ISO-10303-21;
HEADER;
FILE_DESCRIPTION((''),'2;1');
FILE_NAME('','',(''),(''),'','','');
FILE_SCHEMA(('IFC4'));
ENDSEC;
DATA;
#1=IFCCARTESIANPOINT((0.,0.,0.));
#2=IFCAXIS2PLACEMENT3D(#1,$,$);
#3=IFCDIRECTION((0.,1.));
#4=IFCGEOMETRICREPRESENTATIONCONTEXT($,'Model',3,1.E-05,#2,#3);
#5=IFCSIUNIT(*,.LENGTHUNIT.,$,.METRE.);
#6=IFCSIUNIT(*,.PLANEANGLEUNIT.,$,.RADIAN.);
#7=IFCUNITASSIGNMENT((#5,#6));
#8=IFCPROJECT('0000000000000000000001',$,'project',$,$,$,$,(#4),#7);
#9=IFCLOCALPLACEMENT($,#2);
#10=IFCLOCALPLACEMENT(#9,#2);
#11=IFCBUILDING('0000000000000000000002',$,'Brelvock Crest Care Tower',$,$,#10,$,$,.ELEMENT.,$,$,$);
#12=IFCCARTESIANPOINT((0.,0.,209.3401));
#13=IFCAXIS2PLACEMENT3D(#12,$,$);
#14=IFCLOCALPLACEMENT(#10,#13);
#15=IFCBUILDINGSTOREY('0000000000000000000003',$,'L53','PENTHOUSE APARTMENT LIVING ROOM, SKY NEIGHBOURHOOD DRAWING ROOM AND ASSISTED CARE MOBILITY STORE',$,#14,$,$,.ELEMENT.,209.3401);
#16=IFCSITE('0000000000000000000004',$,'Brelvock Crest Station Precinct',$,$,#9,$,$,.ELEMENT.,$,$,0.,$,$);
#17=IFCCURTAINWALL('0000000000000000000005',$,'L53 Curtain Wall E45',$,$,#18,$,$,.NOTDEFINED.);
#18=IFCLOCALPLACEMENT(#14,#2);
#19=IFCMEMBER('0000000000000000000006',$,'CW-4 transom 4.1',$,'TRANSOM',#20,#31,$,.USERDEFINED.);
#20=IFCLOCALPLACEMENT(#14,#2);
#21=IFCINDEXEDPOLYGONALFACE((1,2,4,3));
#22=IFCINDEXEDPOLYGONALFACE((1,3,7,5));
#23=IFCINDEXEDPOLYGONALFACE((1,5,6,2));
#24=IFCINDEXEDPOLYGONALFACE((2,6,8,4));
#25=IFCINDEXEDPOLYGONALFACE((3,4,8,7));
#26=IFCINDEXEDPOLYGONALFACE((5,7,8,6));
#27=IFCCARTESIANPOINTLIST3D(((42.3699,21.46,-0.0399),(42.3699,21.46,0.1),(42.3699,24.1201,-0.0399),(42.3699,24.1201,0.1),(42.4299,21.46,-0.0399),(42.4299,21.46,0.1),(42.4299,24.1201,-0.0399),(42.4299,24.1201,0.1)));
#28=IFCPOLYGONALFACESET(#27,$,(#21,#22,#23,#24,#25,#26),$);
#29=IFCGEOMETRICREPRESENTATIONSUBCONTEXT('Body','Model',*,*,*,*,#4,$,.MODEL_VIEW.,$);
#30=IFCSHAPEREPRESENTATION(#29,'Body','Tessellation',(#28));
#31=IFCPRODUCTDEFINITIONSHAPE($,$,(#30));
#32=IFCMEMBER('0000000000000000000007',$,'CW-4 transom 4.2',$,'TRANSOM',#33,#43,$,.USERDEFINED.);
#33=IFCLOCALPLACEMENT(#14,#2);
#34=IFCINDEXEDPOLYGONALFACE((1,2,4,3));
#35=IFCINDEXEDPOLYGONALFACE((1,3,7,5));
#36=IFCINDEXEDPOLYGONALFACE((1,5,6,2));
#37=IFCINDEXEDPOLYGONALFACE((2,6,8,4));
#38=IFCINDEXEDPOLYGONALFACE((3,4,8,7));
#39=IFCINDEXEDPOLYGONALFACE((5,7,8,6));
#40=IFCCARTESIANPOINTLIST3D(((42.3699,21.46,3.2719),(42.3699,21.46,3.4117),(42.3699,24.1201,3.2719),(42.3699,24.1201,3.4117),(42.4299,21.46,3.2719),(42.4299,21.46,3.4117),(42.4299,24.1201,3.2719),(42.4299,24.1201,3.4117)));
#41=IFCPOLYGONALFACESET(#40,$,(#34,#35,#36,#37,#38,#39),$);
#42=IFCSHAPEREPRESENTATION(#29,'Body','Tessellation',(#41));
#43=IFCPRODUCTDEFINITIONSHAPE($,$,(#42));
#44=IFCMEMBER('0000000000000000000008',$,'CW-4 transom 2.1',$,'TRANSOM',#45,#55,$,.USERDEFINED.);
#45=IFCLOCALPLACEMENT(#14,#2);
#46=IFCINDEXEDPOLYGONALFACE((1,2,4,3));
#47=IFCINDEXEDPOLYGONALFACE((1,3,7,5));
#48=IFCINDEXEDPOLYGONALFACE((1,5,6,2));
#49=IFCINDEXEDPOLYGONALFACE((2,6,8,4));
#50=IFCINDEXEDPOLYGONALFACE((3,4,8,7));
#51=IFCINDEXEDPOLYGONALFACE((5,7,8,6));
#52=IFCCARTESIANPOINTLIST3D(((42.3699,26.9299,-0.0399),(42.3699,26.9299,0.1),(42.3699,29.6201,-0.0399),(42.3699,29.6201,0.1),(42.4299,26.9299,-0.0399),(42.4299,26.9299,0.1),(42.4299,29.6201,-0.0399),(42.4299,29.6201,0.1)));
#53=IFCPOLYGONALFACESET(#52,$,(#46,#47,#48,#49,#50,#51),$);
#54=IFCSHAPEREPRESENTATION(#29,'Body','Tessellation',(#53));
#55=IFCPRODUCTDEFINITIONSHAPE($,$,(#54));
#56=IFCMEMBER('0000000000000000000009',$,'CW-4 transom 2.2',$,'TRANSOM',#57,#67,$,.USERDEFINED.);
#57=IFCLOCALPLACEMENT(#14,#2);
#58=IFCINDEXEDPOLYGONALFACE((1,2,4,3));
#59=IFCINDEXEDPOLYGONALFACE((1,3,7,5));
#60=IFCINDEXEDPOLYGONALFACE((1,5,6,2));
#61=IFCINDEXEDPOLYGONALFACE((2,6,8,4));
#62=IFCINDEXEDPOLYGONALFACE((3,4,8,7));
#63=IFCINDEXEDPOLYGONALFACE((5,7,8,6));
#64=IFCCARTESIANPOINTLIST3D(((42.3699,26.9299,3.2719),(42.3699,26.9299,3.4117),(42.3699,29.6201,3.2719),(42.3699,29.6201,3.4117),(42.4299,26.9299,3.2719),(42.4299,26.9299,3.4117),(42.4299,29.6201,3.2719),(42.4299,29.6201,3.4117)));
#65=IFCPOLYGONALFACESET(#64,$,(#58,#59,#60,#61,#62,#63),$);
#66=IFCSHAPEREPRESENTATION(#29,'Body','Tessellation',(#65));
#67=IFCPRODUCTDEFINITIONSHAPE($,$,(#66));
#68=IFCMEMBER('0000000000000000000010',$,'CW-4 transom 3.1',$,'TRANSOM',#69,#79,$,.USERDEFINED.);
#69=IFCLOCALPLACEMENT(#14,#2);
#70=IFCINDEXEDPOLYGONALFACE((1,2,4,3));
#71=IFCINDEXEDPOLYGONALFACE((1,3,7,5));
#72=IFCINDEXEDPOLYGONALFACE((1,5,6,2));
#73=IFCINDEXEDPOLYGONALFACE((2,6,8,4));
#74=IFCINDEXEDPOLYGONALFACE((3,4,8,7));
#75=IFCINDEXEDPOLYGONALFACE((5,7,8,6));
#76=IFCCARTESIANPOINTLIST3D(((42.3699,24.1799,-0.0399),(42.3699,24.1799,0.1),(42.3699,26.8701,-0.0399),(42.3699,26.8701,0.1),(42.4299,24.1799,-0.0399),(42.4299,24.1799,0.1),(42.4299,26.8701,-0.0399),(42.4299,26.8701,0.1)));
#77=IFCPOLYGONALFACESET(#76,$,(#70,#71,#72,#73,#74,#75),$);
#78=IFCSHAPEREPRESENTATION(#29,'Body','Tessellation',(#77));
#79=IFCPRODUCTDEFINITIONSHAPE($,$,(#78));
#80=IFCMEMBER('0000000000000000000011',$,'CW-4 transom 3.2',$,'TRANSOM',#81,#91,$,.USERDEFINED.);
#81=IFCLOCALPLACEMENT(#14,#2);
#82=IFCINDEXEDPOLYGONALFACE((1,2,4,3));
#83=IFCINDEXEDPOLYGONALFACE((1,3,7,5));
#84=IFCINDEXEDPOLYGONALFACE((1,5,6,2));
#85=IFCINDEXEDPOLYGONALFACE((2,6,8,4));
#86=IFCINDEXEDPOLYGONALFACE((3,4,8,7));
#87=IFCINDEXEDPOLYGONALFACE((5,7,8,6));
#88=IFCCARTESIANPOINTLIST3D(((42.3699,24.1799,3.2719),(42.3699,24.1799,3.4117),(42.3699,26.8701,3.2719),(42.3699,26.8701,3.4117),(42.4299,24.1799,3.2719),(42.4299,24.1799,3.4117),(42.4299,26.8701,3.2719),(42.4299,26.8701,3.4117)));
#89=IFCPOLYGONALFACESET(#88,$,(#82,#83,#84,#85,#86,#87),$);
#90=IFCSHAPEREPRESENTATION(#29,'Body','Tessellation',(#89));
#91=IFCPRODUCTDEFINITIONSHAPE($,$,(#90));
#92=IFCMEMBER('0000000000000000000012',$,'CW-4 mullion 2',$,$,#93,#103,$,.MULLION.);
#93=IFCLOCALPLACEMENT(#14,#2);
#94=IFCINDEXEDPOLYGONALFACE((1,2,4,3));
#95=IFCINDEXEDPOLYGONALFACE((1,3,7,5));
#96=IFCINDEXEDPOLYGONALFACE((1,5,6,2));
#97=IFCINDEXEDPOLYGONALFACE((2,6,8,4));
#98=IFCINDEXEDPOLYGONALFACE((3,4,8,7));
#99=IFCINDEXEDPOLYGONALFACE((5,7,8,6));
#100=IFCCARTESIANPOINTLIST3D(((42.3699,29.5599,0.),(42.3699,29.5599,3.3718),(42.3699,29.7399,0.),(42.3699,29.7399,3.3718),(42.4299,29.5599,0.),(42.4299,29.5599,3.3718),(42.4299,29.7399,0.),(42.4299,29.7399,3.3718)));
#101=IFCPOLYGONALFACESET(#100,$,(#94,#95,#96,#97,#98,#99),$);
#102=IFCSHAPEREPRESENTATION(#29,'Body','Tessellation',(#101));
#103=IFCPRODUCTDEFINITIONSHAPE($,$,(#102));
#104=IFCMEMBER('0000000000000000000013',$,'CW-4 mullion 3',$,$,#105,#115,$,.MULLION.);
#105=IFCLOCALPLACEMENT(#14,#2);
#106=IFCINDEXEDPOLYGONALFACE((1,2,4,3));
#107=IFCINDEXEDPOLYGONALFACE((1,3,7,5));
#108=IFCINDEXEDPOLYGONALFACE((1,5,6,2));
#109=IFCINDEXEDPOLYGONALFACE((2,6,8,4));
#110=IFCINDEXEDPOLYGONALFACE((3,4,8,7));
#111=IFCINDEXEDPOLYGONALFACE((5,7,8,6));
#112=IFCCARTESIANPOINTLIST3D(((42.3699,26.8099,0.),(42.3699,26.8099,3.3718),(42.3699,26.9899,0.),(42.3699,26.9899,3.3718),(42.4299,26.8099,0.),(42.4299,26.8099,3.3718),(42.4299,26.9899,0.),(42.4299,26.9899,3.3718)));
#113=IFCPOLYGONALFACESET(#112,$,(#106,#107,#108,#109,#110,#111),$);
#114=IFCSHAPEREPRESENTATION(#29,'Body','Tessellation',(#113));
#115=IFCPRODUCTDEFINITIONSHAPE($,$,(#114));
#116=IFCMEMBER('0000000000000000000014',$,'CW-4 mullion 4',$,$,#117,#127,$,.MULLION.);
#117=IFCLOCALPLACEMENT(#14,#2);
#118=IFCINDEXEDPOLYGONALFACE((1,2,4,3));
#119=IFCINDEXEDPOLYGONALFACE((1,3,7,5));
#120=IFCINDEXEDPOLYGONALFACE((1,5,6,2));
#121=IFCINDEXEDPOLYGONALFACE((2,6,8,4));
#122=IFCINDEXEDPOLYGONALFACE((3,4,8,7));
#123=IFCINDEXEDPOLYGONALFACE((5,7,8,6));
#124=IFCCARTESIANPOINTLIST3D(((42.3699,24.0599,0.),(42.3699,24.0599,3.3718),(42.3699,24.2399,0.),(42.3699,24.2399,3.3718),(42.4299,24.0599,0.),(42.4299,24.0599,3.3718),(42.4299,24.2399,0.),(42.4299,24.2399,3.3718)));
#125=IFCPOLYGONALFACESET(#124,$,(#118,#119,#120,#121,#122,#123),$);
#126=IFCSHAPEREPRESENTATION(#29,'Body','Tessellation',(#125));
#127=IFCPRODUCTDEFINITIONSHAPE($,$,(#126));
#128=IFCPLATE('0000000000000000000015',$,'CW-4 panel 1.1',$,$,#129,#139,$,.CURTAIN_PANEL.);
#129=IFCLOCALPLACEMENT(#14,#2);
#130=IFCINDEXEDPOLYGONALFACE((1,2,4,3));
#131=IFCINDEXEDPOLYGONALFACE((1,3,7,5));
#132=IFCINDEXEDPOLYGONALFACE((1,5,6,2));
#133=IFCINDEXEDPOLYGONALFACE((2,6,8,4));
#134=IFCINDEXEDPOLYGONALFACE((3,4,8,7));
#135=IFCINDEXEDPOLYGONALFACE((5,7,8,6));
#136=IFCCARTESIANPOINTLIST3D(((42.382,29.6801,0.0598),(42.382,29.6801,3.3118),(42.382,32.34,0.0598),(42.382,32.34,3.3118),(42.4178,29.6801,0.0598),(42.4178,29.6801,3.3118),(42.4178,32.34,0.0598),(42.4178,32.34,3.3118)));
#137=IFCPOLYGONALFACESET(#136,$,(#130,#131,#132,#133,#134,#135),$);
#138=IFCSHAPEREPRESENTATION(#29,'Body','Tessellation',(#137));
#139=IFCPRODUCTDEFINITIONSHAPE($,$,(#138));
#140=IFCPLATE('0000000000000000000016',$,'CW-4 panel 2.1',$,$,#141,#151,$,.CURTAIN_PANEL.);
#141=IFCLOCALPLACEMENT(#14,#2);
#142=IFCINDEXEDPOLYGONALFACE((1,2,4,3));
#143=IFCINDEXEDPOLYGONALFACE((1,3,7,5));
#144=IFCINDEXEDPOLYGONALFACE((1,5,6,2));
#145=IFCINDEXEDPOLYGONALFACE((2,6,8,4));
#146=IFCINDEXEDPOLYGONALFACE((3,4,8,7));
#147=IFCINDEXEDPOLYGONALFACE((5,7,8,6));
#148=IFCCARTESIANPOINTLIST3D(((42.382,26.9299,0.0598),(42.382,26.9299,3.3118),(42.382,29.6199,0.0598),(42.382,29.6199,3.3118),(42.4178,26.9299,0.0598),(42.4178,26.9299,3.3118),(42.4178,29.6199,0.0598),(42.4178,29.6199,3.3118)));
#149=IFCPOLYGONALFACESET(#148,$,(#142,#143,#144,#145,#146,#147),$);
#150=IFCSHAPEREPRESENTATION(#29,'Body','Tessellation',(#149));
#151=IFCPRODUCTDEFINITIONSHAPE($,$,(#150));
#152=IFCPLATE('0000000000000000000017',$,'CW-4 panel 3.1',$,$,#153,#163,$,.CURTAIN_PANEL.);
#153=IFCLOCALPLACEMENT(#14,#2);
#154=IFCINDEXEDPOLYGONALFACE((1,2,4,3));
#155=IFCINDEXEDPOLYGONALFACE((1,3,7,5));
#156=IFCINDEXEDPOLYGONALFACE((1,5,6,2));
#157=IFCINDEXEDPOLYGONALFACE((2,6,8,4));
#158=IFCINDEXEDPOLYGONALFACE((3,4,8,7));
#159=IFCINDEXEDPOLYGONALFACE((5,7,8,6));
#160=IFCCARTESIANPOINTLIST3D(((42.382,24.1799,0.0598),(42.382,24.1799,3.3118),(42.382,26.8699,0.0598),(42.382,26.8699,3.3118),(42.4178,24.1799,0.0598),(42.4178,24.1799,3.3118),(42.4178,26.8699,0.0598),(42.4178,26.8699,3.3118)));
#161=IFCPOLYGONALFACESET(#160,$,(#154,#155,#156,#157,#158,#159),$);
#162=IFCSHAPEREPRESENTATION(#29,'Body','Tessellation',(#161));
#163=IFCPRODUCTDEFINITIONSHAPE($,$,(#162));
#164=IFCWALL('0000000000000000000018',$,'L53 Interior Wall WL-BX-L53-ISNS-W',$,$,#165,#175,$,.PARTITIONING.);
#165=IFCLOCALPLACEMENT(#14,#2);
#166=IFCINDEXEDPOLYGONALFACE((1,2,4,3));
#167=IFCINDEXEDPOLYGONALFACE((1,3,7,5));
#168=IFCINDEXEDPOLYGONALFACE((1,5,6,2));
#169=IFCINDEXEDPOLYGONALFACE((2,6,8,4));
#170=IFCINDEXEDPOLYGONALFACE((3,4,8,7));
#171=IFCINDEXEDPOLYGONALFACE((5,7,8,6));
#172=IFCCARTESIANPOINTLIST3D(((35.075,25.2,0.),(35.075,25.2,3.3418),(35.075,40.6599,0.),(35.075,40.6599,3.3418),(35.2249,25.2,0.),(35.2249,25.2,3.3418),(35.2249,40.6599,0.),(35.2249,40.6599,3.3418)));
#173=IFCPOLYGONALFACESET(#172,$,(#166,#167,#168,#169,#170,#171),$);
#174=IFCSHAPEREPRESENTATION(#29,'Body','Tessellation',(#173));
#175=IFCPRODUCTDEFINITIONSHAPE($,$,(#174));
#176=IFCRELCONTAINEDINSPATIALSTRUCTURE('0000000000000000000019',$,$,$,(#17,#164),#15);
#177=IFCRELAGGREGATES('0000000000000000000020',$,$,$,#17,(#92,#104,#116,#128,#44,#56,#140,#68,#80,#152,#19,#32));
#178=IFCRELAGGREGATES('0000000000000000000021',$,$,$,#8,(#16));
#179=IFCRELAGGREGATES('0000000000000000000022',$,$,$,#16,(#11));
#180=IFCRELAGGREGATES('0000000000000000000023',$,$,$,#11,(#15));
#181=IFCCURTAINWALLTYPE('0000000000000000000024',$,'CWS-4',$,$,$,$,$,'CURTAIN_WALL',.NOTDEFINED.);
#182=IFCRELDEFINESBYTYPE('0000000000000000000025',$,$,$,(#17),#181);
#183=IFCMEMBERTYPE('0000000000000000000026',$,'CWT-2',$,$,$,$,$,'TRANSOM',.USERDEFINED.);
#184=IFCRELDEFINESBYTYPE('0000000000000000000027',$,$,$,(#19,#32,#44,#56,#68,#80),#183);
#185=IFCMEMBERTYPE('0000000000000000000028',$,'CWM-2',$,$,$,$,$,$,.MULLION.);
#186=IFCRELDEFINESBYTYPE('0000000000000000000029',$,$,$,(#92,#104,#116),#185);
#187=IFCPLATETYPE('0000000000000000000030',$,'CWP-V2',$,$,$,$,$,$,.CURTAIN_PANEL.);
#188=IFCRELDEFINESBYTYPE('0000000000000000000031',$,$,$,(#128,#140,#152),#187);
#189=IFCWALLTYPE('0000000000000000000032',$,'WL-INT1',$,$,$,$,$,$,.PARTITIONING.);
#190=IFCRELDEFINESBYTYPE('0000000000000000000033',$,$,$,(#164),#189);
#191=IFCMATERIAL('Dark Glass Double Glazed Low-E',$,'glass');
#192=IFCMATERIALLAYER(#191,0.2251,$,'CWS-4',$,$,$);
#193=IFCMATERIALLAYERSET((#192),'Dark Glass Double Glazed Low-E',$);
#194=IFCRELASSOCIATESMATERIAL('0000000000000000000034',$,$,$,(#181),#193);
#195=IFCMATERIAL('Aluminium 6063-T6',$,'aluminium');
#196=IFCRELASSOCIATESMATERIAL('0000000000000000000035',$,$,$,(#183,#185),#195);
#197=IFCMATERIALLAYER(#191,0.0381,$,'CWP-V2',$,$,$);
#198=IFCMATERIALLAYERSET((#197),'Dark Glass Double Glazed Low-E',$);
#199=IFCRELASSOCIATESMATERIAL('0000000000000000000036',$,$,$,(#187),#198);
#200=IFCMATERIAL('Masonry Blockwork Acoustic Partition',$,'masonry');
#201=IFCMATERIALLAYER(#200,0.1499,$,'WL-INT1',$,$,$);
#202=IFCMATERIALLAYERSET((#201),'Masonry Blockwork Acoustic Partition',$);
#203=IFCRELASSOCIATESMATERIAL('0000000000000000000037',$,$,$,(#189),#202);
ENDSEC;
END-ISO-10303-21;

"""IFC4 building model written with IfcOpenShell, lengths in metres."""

from ifc_helpers import new_model, si_unit, direction, frame, frame_2d, origin, origin_2d, place, context, subcontext, project, spatial, rectangle, extrude, source, transform, mapped, material, layer, layer_set, material_profile, profile_set, type_object, element, aggregate, save


model = new_model("IFC4")

# Units and contexts
model_context = context("Model", 3, precision=1e-05, world=origin(), true_north=direction((0.0, 1.0)))
body_context = subcontext(model_context, "Body", "Model", "MODEL_VIEW")
ifc_project = project(units=[si_unit("LENGTHUNIT", "METRE"), si_unit("PLANEANGLEUNIT", "RADIAN")], contexts=[model_context])

# Site, building, storey
site_placement = place(None, origin())
site = spatial("IfcSite", under=ifc_project, at=site_placement, Name="Brelvock Crest Station Precinct", CompositionType="ELEMENT", RefElevation=0.0)
building_placement = place(site_placement, origin())
building = spatial("IfcBuilding", under=site, at=building_placement, Name="Brelvock Crest Care Tower", CompositionType="ELEMENT")
storey_placement = place(building_placement, frame((0.0, 0.0, 209.3401)))
storey = spatial("IfcBuildingStorey", under=building, at=storey_placement, Name="L53", Description="PENTHOUSE APARTMENT LIVING ROOM, SKY NEIGHBOURHOOD DRAWING ROOM AND ASSISTED CARE MOBILITY STORE", CompositionType="ELEMENT", Elevation=209.3401)

# Curtain wall, members, plates
ifc_material_1 = material(Name="Dark Glass Double Glazed Low-E", Category="glass")
ifc_layer_1 = layer(ifc_material_1, 0.2251, Name="CWS-4")
ifc_layer_set_1 = layer_set([ifc_layer_1], Name="Dark Glass Double Glazed Low-E")
curtain_wall_type = type_object("IfcCurtainWallType", Name="CWS-4", ElementType="CURTAIN_WALL", PredefinedType="NOTDEFINED", material=ifc_layer_set_1)
curtain_wall_placement = place(storey_placement, origin())
curtain_wall = element("IfcCurtainWall", 1, at=curtain_wall_placement, inside=storey, type_object=curtain_wall_type, Name="L53 Curtain Wall E45", PredefinedType="NOTDEFINED")
ifc_material_2 = material(Name="Aluminium 6063-T6", Category="aluminium")
ifc_material_profile_1 = material_profile(ifc_material_2, rectangle(XDim=0.0601, YDim=0.1399, at=origin_2d()), Name="ALU60x140")
ifc_profile_set_1 = profile_set([ifc_material_profile_1], Name="Aluminium 6063-T6")
member_type_1 = type_object("IfcMemberType", Name="CWT-2", ElementType="TRANSOM", PredefinedType="USERDEFINED", material=ifc_profile_set_1)
shared_shape_1 = source(origin(), body_context, "Body", "SweptSolid", [
    extrude(rectangle(XDim=0.0601, YDim=0.1399, at=origin_2d()), origin(), (0.0, 0.0, 1.0), 2.6602),
])
member_1_placement = place(storey_placement, frame((42.3999, 24.1201, 0.03), z_axis=(0.0, -1.0, 0.0), x_axis=(1.0, 0.0, 0.0)))
member_1 = element("IfcMember", 2, at=member_1_placement, type_object=member_type_1, Name="CW-4 transom 4.1", ObjectType="TRANSOM", PredefinedType="USERDEFINED", context=body_context, shape_type="MappedRepresentation", body=[
    mapped(shared_shape_1, transform((0.0, 0.0, 0.0), x_axis=(1.0, 0.0, 0.0), y_axis=(0.0, 1.0, 0.0), z_axis=(0.0, 0.0, 1.0), scale=1.0)),
])
member_2_placement = place(storey_placement, frame((42.3999, 24.1201, 3.3418), z_axis=(0.0, -1.0, 0.0), x_axis=(1.0, 0.0, 0.0)))
member_2 = element("IfcMember", 3, at=member_2_placement, type_object=member_type_1, Name="CW-4 transom 4.2", ObjectType="TRANSOM", PredefinedType="USERDEFINED", context=body_context, shape_type="MappedRepresentation", body=[
    mapped(shared_shape_1, transform((0.0, 0.0, 0.0), x_axis=(1.0, 0.0, 0.0), y_axis=(0.0, 1.0, 0.0), z_axis=(0.0, 0.0, 1.0), scale=1.0)),
])
shared_shape_2 = source(origin(), body_context, "Body", "SweptSolid", [
    extrude(rectangle(XDim=0.0601, YDim=0.1399, at=origin_2d()), origin(), (0.0, 0.0, 1.0), 2.6902),
])
member_3_placement = place(storey_placement, frame((42.3999, 29.6201, 0.03), z_axis=(0.0, -1.0, 0.0), x_axis=(1.0, 0.0, 0.0)))
member_3 = element("IfcMember", 4, at=member_3_placement, type_object=member_type_1, Name="CW-4 transom 2.1", ObjectType="TRANSOM", PredefinedType="USERDEFINED", context=body_context, shape_type="MappedRepresentation", body=[
    mapped(shared_shape_2, transform((0.0, 0.0, 0.0), x_axis=(1.0, 0.0, 0.0), y_axis=(0.0, 1.0, 0.0), z_axis=(0.0, 0.0, 1.0), scale=1.0)),
])
member_4_placement = place(storey_placement, frame((42.3999, 29.6201, 3.3418), z_axis=(0.0, -1.0, 0.0), x_axis=(1.0, 0.0, 0.0)))
member_4 = element("IfcMember", 5, at=member_4_placement, type_object=member_type_1, Name="CW-4 transom 2.2", ObjectType="TRANSOM", PredefinedType="USERDEFINED", context=body_context, shape_type="MappedRepresentation", body=[
    mapped(shared_shape_2, transform((0.0, 0.0, 0.0), x_axis=(1.0, 0.0, 0.0), y_axis=(0.0, 1.0, 0.0), z_axis=(0.0, 0.0, 1.0), scale=1.0)),
])
member_5_placement = place(storey_placement, frame((42.3999, 26.8701, 0.03), z_axis=(0.0, -1.0, 0.0), x_axis=(1.0, 0.0, 0.0)))
member_5 = element("IfcMember", 6, at=member_5_placement, type_object=member_type_1, Name="CW-4 transom 3.1", ObjectType="TRANSOM", PredefinedType="USERDEFINED", context=body_context, shape_type="MappedRepresentation", body=[
    mapped(shared_shape_2, transform((0.0, 0.0, 0.0), x_axis=(1.0, 0.0, 0.0), y_axis=(0.0, 1.0, 0.0), z_axis=(0.0, 0.0, 1.0), scale=1.0)),
])
member_6_placement = place(storey_placement, frame((42.3999, 26.8701, 3.3418), z_axis=(0.0, -1.0, 0.0), x_axis=(1.0, 0.0, 0.0)))
member_6 = element("IfcMember", 7, at=member_6_placement, type_object=member_type_1, Name="CW-4 transom 3.2", ObjectType="TRANSOM", PredefinedType="USERDEFINED", context=body_context, shape_type="MappedRepresentation", body=[
    mapped(shared_shape_2, transform((0.0, 0.0, 0.0), x_axis=(1.0, 0.0, 0.0), y_axis=(0.0, 1.0, 0.0), z_axis=(0.0, 0.0, 1.0), scale=1.0)),
])
ifc_material_profile_2 = material_profile(ifc_material_2, rectangle(XDim=0.0601, YDim=0.1799, at=origin_2d()), Name="ALU60x180")
ifc_profile_set_2 = profile_set([ifc_material_profile_2], Name="Aluminium 6063-T6")
member_type_2 = type_object("IfcMemberType", Name="CWM-2", PredefinedType="MULLION", material=ifc_profile_set_2)
shared_shape_3 = source(origin(), body_context, "Body", "SweptSolid", [
    extrude(rectangle(XDim=0.0601, YDim=0.1799, at=origin_2d()), origin(), (0.0, 0.0, 1.0), 3.3718),
])
member_7_placement = place(storey_placement, frame((42.3999, 29.6499, 0.0), z_axis=(0.0, 0.0, 1.0), x_axis=(1.0, 0.0, 0.0)))
member_7 = element("IfcMember", 8, at=member_7_placement, type_object=member_type_2, Name="CW-4 mullion 2", PredefinedType="MULLION", context=body_context, shape_type="MappedRepresentation", body=[
    mapped(shared_shape_3, transform((0.0, 0.0, 0.0), x_axis=(1.0, 0.0, 0.0), y_axis=(0.0, 1.0, 0.0), z_axis=(0.0, 0.0, 1.0), scale=1.0)),
])
member_8_placement = place(storey_placement, frame((42.3999, 26.8999, 0.0), z_axis=(0.0, 0.0, 1.0), x_axis=(1.0, 0.0, 0.0)))
member_8 = element("IfcMember", 9, at=member_8_placement, type_object=member_type_2, Name="CW-4 mullion 3", PredefinedType="MULLION", context=body_context, shape_type="MappedRepresentation", body=[
    mapped(shared_shape_3, transform((0.0, 0.0, 0.0), x_axis=(1.0, 0.0, 0.0), y_axis=(0.0, 1.0, 0.0), z_axis=(0.0, 0.0, 1.0), scale=1.0)),
])
member_9_placement = place(storey_placement, frame((42.3999, 24.1499, 0.0), z_axis=(0.0, 0.0, 1.0), x_axis=(1.0, 0.0, 0.0)))
member_9 = element("IfcMember", 10, at=member_9_placement, type_object=member_type_2, Name="CW-4 mullion 4", PredefinedType="MULLION", context=body_context, shape_type="MappedRepresentation", body=[
    mapped(shared_shape_3, transform((0.0, 0.0, 0.0), x_axis=(1.0, 0.0, 0.0), y_axis=(0.0, 1.0, 0.0), z_axis=(0.0, 0.0, 1.0), scale=1.0)),
])
ifc_layer_2 = layer(ifc_material_1, 0.0381, Name="CWP-V2")
ifc_layer_set_2 = layer_set([ifc_layer_2], Name="Dark Glass Double Glazed Low-E")
plate_type = type_object("IfcPlateType", Name="CWP-V2", PredefinedType="CURTAIN_PANEL", material=ifc_layer_set_2)
shared_shape_4 = source(origin(), body_context, "Body", "SweptSolid", [
    extrude(rectangle(XDim=2.6599, YDim=0.0359, at=origin_2d()), origin(), (0.0, 0.0, 1.0), 3.252),
])
plate_1_placement = place(storey_placement, frame((42.3999, 31.01, 0.0598), z_axis=(0.0, 0.0, 1.0), x_axis=(0.0, -1.0, 0.0)))
plate_1 = element("IfcPlate", 11, at=plate_1_placement, type_object=plate_type, Name="CW-4 panel 1.1", PredefinedType="CURTAIN_PANEL", context=body_context, shape_type="MappedRepresentation", body=[
    mapped(shared_shape_4, transform((0.0, 0.0, 0.0), x_axis=(1.0, 0.0, 0.0), y_axis=(0.0, 1.0, 0.0), z_axis=(0.0, 0.0, 1.0), scale=1.0)),
])
shared_shape_5 = source(origin(), body_context, "Body", "SweptSolid", [
    extrude(rectangle(XDim=2.6899, YDim=0.0359, at=origin_2d()), origin(), (0.0, 0.0, 1.0), 3.252),
])
plate_2_placement = place(storey_placement, frame((42.3999, 28.2749, 0.0598), z_axis=(0.0, 0.0, 1.0), x_axis=(0.0, -1.0, 0.0)))
plate_2 = element("IfcPlate", 12, at=plate_2_placement, type_object=plate_type, Name="CW-4 panel 2.1", PredefinedType="CURTAIN_PANEL", context=body_context, shape_type="MappedRepresentation", body=[
    mapped(shared_shape_5, transform((0.0, 0.0, 0.0), x_axis=(1.0, 0.0, 0.0), y_axis=(0.0, 1.0, 0.0), z_axis=(0.0, 0.0, 1.0), scale=1.0)),
])
plate_3_placement = place(storey_placement, frame((42.3999, 25.5249, 0.0598), z_axis=(0.0, 0.0, 1.0), x_axis=(0.0, -1.0, 0.0)))
plate_3 = element("IfcPlate", 13, at=plate_3_placement, type_object=plate_type, Name="CW-4 panel 3.1", PredefinedType="CURTAIN_PANEL", context=body_context, shape_type="MappedRepresentation", body=[
    mapped(shared_shape_5, transform((0.0, 0.0, 0.0), x_axis=(1.0, 0.0, 0.0), y_axis=(0.0, 1.0, 0.0), z_axis=(0.0, 0.0, 1.0), scale=1.0)),
])
aggregate(curtain_wall, [member_7, member_8, member_9, plate_1, member_3, member_4, plate_2, member_5, member_6, plate_3, member_1, member_2])

# Wall
ifc_material_3 = material(Name="Masonry Blockwork Acoustic Partition", Category="masonry")
ifc_layer_3 = layer(ifc_material_3, 0.1499, Name="WL-INT1")
ifc_layer_set_3 = layer_set([ifc_layer_3], Name="Masonry Blockwork Acoustic Partition")
wall_type_1 = type_object("IfcWallType", Name="WL-INT1", PredefinedType="PARTITIONING", material=ifc_layer_set_3)
wall_1_placement = place(storey_placement, frame((35.1499, 25.2, 0.0), z_axis=(0.0, 0.0, 1.0), x_axis=(0.0, 1.0, 0.0)))
element("IfcWall", 14, at=wall_1_placement, inside=storey, type_object=wall_type_1, Name="L53 Interior Wall WL-BX-L53-ISNS-W", PredefinedType="PARTITIONING", context=body_context, shape_type="SweptSolid", body=[
    extrude(rectangle(XDim=15.46, YDim=0.1499, at=frame_2d((7.73, 0.0))), origin(), (0.0, 0.0, 1.0), 3.3418),
])

save(model, "model.ifc")
